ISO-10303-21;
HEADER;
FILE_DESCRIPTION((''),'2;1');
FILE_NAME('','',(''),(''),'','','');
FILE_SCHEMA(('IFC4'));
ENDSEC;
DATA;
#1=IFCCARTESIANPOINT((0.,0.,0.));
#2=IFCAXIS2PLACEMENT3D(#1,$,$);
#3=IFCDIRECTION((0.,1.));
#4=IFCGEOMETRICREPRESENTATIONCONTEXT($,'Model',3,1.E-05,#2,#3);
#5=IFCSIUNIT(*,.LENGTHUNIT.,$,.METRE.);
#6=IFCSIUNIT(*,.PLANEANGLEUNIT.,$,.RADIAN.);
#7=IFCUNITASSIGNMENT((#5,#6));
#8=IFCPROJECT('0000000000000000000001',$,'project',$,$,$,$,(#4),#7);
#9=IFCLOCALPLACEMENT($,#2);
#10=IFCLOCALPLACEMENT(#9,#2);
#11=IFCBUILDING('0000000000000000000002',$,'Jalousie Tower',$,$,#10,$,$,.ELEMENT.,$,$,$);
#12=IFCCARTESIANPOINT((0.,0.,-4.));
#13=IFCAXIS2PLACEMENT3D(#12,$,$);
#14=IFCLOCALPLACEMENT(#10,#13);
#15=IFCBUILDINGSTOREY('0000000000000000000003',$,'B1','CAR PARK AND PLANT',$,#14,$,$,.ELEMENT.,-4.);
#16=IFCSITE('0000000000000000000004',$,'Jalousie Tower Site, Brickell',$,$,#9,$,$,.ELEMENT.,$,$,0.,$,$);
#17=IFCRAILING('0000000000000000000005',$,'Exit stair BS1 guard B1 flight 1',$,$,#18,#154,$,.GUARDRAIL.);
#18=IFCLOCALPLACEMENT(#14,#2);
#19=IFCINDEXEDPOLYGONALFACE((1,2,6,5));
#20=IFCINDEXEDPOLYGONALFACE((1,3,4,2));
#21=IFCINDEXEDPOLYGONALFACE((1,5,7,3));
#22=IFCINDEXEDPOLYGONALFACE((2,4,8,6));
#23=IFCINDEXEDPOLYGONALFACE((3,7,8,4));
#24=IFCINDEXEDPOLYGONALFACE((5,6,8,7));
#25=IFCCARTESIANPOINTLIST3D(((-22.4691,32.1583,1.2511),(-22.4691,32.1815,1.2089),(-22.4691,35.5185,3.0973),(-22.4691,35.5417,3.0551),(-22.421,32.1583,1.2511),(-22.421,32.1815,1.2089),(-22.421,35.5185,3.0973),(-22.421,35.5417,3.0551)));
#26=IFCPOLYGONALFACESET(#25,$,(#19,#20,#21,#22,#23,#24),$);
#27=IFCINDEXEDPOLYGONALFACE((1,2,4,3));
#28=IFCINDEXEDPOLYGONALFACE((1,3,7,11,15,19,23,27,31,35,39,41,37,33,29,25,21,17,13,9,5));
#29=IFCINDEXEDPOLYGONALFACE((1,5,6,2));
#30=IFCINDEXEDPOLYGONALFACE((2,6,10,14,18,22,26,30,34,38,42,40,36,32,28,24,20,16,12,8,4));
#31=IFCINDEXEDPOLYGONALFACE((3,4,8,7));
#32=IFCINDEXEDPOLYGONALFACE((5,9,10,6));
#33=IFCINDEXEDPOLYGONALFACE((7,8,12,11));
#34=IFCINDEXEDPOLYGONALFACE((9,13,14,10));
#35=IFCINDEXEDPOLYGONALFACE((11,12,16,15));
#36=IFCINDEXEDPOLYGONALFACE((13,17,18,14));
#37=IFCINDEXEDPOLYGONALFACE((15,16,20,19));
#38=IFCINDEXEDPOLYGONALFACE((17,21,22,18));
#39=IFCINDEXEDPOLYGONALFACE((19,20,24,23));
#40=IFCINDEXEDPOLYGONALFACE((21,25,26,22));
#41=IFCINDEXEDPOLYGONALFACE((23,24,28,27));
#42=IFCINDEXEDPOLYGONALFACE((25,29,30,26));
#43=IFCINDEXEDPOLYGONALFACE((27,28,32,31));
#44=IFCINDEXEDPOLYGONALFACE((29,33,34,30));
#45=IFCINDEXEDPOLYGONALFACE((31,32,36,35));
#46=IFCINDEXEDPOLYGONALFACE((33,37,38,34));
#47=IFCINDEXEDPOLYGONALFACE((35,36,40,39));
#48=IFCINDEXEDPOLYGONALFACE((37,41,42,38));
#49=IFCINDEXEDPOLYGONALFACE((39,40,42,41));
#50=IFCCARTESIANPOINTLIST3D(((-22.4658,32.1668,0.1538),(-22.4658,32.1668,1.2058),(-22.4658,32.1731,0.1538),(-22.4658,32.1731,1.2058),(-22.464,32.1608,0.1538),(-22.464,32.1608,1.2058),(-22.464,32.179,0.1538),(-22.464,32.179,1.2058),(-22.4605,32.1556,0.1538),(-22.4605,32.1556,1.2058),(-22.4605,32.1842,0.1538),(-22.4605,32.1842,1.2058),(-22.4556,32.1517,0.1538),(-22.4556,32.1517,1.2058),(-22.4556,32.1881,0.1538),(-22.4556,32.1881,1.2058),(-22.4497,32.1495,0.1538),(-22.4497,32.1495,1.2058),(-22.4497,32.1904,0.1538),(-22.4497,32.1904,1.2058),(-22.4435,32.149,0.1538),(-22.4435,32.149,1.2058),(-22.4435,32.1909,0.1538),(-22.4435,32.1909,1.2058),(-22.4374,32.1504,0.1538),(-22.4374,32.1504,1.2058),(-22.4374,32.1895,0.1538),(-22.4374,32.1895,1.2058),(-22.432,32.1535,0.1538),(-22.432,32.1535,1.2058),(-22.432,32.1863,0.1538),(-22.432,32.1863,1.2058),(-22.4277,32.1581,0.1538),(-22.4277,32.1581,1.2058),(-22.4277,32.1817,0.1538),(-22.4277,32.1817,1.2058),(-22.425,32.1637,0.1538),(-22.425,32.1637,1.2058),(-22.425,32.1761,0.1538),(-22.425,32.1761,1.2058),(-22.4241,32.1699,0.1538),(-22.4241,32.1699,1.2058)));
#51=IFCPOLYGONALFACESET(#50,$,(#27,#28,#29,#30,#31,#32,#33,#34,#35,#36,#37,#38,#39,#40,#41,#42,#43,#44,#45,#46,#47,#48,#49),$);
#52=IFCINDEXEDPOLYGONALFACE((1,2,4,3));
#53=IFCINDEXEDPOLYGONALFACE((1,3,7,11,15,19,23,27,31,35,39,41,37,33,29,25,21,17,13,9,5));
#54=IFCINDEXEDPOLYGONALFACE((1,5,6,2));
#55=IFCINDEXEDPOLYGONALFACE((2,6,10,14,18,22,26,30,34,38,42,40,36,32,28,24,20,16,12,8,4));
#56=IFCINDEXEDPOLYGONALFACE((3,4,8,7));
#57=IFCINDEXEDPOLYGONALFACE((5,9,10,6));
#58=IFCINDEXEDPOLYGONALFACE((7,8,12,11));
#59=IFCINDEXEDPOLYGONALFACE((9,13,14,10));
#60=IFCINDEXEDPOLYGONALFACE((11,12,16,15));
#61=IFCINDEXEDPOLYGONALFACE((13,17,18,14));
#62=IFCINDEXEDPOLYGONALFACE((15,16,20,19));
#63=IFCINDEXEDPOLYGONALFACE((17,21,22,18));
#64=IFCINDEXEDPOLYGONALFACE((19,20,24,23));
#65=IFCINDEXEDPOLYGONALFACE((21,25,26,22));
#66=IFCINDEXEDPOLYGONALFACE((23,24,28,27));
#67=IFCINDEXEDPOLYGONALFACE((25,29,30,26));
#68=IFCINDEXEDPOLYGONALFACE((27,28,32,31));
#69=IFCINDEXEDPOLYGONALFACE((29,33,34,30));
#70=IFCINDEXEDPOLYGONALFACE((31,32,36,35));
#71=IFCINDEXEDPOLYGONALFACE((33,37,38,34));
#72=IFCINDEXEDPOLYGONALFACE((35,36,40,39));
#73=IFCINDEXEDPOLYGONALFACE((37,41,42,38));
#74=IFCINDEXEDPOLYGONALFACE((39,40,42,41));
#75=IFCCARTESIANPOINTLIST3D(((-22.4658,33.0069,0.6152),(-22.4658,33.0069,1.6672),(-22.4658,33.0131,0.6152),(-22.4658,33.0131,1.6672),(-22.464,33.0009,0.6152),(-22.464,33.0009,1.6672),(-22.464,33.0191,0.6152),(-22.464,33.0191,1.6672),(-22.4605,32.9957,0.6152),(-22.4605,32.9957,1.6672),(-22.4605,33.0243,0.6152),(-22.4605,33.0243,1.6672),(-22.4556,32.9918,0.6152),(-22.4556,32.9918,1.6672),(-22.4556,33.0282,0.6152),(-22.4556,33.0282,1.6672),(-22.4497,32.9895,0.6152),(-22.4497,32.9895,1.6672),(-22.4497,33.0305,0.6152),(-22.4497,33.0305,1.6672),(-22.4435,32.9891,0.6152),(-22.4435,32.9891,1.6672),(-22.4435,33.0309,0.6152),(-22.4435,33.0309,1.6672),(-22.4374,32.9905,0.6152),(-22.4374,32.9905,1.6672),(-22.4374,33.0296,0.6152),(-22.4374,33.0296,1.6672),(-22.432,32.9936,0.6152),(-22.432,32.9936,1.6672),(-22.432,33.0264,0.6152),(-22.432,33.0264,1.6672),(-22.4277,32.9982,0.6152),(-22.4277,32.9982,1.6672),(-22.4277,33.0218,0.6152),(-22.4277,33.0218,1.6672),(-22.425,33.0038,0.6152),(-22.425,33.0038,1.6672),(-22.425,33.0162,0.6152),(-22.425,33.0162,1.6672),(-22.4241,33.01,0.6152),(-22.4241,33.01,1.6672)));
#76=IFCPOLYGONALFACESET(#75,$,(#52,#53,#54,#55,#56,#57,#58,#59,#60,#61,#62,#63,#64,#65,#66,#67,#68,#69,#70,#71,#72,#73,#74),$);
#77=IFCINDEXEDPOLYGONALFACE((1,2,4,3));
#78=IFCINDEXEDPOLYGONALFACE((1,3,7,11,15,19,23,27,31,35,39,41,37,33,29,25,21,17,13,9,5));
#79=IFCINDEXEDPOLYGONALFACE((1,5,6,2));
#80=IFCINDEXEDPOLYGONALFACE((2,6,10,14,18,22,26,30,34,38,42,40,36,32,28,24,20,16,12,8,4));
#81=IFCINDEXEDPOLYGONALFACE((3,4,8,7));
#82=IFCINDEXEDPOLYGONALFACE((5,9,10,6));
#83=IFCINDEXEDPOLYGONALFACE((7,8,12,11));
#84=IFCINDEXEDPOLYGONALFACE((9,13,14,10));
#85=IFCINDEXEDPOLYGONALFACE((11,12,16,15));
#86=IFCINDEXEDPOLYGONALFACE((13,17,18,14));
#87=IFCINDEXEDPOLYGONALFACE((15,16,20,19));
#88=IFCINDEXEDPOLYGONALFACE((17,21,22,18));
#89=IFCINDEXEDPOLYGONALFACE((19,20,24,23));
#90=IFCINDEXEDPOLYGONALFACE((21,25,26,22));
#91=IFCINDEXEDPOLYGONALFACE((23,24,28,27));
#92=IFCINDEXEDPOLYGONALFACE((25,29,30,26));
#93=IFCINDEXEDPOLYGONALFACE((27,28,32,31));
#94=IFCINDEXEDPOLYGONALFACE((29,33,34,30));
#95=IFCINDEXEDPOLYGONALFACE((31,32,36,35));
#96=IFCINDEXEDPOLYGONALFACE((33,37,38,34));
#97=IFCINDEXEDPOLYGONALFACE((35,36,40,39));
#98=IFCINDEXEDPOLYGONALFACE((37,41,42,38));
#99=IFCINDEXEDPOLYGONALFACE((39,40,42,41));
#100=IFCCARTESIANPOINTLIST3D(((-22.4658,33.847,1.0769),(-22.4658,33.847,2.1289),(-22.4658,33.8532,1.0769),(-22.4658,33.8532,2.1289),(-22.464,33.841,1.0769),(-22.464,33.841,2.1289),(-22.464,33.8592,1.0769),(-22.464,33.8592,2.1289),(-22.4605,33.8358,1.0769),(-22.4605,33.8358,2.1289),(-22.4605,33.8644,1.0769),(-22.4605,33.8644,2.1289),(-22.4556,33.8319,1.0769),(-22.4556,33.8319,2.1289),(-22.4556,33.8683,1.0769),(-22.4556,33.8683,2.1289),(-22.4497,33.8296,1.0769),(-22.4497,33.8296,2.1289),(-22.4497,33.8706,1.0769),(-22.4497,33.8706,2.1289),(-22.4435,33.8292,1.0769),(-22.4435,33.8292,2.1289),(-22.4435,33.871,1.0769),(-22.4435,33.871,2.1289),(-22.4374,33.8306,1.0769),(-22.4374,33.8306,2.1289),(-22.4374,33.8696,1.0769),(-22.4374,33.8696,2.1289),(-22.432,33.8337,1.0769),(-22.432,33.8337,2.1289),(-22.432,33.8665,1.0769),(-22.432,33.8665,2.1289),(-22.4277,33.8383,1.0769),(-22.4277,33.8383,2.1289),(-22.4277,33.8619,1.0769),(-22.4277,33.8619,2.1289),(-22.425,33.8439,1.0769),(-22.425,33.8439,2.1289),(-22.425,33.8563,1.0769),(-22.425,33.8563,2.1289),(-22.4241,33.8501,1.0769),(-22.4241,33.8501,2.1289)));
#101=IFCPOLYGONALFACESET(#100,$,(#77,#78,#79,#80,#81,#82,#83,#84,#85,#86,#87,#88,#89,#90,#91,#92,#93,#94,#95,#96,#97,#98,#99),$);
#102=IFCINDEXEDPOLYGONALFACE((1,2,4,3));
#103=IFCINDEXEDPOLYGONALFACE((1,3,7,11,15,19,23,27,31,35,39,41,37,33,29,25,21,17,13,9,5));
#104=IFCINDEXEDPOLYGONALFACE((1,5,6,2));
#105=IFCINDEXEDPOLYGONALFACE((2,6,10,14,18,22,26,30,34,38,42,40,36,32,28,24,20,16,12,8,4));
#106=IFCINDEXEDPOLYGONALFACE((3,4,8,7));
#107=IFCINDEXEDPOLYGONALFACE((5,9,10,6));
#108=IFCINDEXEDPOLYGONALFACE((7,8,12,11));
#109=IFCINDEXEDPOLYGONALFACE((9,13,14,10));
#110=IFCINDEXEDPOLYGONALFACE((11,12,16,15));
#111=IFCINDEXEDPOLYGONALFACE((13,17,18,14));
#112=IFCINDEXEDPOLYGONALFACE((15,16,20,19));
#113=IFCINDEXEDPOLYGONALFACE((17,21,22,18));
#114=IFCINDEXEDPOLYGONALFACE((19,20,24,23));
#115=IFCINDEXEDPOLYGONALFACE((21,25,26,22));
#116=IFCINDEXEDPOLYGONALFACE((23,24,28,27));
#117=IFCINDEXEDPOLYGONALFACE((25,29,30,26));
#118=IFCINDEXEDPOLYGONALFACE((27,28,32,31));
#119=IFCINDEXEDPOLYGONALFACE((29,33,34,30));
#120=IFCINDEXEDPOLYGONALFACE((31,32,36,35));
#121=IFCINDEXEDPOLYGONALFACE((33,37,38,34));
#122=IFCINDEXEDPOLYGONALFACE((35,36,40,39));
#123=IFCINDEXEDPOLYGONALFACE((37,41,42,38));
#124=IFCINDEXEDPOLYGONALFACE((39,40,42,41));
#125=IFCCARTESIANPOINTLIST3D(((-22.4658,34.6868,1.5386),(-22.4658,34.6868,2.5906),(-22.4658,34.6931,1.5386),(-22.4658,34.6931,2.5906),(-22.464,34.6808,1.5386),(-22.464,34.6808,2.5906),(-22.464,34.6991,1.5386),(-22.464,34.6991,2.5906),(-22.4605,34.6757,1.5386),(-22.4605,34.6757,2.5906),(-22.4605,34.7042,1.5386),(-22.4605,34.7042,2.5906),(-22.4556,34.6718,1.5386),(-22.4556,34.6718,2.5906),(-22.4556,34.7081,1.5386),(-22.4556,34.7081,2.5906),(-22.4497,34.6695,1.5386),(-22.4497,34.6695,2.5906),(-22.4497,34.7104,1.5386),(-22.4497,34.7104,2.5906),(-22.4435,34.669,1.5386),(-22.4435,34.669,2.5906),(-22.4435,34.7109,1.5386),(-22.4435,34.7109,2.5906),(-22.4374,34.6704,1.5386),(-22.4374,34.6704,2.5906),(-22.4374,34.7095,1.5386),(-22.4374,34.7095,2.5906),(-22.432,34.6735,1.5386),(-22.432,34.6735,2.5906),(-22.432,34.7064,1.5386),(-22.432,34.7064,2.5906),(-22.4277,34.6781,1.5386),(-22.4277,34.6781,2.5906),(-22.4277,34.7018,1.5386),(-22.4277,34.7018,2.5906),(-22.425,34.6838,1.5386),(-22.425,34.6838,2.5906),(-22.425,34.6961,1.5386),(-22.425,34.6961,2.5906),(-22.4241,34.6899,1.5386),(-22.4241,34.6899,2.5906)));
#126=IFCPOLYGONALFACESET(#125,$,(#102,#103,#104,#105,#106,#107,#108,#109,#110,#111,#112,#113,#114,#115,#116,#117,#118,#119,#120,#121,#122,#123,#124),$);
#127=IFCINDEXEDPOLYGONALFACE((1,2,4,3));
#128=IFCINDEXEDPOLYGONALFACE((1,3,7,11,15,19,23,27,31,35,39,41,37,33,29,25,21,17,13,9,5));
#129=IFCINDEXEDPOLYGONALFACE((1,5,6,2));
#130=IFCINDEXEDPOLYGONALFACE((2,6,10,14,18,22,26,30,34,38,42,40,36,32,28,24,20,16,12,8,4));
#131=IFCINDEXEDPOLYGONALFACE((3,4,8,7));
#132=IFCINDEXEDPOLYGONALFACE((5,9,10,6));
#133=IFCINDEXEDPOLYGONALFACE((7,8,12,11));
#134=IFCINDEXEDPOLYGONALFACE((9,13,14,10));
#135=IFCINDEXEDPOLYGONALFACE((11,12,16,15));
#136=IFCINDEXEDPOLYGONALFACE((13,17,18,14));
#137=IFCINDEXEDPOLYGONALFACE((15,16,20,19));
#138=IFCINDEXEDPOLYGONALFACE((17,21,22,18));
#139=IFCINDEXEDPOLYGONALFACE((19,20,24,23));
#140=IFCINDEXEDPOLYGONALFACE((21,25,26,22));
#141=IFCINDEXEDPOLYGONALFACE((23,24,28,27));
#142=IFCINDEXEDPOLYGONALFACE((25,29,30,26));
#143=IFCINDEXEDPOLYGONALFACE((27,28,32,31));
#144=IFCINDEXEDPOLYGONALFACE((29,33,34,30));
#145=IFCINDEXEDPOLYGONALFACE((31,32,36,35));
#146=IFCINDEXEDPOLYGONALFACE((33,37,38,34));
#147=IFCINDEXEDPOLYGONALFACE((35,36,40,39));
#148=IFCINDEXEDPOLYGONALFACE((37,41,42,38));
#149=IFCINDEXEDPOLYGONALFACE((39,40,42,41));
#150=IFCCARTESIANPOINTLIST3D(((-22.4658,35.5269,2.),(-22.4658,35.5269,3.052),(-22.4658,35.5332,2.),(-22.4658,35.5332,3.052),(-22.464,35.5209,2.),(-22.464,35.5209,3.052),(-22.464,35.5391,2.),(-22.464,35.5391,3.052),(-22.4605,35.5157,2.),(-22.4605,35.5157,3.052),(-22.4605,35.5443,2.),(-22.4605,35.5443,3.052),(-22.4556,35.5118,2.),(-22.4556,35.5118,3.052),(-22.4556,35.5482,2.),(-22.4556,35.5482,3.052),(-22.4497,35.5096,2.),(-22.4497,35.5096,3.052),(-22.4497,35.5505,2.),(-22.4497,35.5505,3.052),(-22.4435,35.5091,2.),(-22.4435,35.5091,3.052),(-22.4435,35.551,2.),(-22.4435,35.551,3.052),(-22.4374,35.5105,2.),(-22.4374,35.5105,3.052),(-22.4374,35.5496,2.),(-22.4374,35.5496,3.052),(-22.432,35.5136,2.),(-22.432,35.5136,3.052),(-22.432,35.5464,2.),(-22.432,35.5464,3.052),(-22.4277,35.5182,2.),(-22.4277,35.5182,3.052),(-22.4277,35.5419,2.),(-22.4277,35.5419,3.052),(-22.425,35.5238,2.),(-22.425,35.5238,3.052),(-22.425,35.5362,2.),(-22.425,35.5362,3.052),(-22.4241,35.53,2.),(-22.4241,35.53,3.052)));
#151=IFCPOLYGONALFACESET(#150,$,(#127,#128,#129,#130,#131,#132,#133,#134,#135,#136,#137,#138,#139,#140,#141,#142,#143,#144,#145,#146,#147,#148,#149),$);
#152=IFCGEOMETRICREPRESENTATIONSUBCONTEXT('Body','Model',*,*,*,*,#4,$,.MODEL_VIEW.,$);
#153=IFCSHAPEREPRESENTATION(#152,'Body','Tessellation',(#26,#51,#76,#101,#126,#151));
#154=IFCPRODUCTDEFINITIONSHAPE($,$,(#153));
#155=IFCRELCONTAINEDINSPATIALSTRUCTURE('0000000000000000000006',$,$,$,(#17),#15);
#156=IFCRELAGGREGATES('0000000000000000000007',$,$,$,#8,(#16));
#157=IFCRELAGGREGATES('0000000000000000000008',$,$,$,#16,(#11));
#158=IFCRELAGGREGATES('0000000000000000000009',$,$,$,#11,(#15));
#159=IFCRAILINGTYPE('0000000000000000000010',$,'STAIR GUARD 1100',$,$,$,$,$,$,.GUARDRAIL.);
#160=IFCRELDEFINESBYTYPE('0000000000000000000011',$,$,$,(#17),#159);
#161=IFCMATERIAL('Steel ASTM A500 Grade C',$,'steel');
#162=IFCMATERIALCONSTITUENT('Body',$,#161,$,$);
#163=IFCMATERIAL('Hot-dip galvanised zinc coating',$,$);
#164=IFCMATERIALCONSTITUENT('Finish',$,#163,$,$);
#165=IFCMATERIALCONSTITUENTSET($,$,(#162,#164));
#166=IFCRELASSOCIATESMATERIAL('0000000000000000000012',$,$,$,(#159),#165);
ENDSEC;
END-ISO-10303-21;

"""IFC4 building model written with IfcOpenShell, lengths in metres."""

from ifc_helpers import new_model, si_unit, direction, frame, origin, origin_2d, place, context, subcontext, project, spatial, rectangle, circle, extrude, material, constituent, constituent_set, type_object, element, save


model = new_model("IFC4")

# Units and contexts
model_context = context("Model", 3, precision=1e-05, world=origin(), true_north=direction((0.0, 1.0)))
body_context = subcontext(model_context, "Body", "Model", "MODEL_VIEW")
ifc_project = project(units=[si_unit("LENGTHUNIT", "METRE"), si_unit("PLANEANGLEUNIT", "RADIAN")], contexts=[model_context])

# Site, building, storey
site_placement = place(None, origin())
site = spatial("IfcSite", under=ifc_project, at=site_placement, Name="Jalousie Tower Site, Brickell", CompositionType="ELEMENT", RefElevation=0.0)
building_placement = place(site_placement, origin())
building = spatial("IfcBuilding", under=site, at=building_placement, Name="Jalousie Tower", CompositionType="ELEMENT")
storey_placement = place(building_placement, frame((0.0, 0.0, -4.0)))
storey = spatial("IfcBuildingStorey", under=building, at=storey_placement, Name="B1", Description="CAR PARK AND PLANT", CompositionType="ELEMENT", Elevation=-4.0)

# Railing
ifc_material_1 = material(Name="Steel ASTM A500 Grade C", Category="steel")
ifc_constituent_1 = constituent(ifc_material_1, Name="Body")
ifc_material_2 = material(Name="Hot-dip galvanised zinc coating")
ifc_constituent_2 = constituent(ifc_material_2, Name="Finish")
ifc_constituent_set_1 = constituent_set(constituents=[ifc_constituent_1, ifc_constituent_2])
railing_type_1 = type_object("IfcRailingType", Name="STAIR GUARD 1100", PredefinedType="GUARDRAIL", material=ifc_constituent_set_1)
railing_1_placement = place(storey_placement, frame((-22.4451, 32.1699, 0.1538)))
element("IfcRailing", 1, at=railing_1_placement, inside=storey, type_object=railing_type_1, Name="Exit stair BS1 guard B1 flight 1", PredefinedType="GUARDRAIL", context=body_context, shape_type="SweptSolid", body=[
    extrude(rectangle(XDim=0.0481, YDim=0.0481, at=origin_2d()), frame((0.0, 0.0, 1.0762), z_axis=(0.0, 0.876422, 0.481545), x_axis=(-1.0, 0.0, 0.0)), (0.0, 0.0, 1.0), 3.834),
    extrude(circle(Radius=0.021, at=origin_2d()), origin(), (0.0, 0.0, 1.0), 1.052),
    extrude(circle(Radius=0.021, at=origin_2d()), frame((0.0, 0.8401, 0.4614)), (0.0, 0.0, 1.0), 1.052),
    extrude(circle(Radius=0.021, at=origin_2d()), frame((0.0, 1.6802, 0.9231)), (0.0, 0.0, 1.0), 1.052),
    extrude(circle(Radius=0.021, at=origin_2d()), frame((0.0, 2.52, 1.3848)), (0.0, 0.0, 1.0), 1.052),
    extrude(circle(Radius=0.021, at=origin_2d()), frame((0.0, 3.3601, 1.8462)), (0.0, 0.0, 1.0), 1.052),
])

save(model, "model.ifc")
